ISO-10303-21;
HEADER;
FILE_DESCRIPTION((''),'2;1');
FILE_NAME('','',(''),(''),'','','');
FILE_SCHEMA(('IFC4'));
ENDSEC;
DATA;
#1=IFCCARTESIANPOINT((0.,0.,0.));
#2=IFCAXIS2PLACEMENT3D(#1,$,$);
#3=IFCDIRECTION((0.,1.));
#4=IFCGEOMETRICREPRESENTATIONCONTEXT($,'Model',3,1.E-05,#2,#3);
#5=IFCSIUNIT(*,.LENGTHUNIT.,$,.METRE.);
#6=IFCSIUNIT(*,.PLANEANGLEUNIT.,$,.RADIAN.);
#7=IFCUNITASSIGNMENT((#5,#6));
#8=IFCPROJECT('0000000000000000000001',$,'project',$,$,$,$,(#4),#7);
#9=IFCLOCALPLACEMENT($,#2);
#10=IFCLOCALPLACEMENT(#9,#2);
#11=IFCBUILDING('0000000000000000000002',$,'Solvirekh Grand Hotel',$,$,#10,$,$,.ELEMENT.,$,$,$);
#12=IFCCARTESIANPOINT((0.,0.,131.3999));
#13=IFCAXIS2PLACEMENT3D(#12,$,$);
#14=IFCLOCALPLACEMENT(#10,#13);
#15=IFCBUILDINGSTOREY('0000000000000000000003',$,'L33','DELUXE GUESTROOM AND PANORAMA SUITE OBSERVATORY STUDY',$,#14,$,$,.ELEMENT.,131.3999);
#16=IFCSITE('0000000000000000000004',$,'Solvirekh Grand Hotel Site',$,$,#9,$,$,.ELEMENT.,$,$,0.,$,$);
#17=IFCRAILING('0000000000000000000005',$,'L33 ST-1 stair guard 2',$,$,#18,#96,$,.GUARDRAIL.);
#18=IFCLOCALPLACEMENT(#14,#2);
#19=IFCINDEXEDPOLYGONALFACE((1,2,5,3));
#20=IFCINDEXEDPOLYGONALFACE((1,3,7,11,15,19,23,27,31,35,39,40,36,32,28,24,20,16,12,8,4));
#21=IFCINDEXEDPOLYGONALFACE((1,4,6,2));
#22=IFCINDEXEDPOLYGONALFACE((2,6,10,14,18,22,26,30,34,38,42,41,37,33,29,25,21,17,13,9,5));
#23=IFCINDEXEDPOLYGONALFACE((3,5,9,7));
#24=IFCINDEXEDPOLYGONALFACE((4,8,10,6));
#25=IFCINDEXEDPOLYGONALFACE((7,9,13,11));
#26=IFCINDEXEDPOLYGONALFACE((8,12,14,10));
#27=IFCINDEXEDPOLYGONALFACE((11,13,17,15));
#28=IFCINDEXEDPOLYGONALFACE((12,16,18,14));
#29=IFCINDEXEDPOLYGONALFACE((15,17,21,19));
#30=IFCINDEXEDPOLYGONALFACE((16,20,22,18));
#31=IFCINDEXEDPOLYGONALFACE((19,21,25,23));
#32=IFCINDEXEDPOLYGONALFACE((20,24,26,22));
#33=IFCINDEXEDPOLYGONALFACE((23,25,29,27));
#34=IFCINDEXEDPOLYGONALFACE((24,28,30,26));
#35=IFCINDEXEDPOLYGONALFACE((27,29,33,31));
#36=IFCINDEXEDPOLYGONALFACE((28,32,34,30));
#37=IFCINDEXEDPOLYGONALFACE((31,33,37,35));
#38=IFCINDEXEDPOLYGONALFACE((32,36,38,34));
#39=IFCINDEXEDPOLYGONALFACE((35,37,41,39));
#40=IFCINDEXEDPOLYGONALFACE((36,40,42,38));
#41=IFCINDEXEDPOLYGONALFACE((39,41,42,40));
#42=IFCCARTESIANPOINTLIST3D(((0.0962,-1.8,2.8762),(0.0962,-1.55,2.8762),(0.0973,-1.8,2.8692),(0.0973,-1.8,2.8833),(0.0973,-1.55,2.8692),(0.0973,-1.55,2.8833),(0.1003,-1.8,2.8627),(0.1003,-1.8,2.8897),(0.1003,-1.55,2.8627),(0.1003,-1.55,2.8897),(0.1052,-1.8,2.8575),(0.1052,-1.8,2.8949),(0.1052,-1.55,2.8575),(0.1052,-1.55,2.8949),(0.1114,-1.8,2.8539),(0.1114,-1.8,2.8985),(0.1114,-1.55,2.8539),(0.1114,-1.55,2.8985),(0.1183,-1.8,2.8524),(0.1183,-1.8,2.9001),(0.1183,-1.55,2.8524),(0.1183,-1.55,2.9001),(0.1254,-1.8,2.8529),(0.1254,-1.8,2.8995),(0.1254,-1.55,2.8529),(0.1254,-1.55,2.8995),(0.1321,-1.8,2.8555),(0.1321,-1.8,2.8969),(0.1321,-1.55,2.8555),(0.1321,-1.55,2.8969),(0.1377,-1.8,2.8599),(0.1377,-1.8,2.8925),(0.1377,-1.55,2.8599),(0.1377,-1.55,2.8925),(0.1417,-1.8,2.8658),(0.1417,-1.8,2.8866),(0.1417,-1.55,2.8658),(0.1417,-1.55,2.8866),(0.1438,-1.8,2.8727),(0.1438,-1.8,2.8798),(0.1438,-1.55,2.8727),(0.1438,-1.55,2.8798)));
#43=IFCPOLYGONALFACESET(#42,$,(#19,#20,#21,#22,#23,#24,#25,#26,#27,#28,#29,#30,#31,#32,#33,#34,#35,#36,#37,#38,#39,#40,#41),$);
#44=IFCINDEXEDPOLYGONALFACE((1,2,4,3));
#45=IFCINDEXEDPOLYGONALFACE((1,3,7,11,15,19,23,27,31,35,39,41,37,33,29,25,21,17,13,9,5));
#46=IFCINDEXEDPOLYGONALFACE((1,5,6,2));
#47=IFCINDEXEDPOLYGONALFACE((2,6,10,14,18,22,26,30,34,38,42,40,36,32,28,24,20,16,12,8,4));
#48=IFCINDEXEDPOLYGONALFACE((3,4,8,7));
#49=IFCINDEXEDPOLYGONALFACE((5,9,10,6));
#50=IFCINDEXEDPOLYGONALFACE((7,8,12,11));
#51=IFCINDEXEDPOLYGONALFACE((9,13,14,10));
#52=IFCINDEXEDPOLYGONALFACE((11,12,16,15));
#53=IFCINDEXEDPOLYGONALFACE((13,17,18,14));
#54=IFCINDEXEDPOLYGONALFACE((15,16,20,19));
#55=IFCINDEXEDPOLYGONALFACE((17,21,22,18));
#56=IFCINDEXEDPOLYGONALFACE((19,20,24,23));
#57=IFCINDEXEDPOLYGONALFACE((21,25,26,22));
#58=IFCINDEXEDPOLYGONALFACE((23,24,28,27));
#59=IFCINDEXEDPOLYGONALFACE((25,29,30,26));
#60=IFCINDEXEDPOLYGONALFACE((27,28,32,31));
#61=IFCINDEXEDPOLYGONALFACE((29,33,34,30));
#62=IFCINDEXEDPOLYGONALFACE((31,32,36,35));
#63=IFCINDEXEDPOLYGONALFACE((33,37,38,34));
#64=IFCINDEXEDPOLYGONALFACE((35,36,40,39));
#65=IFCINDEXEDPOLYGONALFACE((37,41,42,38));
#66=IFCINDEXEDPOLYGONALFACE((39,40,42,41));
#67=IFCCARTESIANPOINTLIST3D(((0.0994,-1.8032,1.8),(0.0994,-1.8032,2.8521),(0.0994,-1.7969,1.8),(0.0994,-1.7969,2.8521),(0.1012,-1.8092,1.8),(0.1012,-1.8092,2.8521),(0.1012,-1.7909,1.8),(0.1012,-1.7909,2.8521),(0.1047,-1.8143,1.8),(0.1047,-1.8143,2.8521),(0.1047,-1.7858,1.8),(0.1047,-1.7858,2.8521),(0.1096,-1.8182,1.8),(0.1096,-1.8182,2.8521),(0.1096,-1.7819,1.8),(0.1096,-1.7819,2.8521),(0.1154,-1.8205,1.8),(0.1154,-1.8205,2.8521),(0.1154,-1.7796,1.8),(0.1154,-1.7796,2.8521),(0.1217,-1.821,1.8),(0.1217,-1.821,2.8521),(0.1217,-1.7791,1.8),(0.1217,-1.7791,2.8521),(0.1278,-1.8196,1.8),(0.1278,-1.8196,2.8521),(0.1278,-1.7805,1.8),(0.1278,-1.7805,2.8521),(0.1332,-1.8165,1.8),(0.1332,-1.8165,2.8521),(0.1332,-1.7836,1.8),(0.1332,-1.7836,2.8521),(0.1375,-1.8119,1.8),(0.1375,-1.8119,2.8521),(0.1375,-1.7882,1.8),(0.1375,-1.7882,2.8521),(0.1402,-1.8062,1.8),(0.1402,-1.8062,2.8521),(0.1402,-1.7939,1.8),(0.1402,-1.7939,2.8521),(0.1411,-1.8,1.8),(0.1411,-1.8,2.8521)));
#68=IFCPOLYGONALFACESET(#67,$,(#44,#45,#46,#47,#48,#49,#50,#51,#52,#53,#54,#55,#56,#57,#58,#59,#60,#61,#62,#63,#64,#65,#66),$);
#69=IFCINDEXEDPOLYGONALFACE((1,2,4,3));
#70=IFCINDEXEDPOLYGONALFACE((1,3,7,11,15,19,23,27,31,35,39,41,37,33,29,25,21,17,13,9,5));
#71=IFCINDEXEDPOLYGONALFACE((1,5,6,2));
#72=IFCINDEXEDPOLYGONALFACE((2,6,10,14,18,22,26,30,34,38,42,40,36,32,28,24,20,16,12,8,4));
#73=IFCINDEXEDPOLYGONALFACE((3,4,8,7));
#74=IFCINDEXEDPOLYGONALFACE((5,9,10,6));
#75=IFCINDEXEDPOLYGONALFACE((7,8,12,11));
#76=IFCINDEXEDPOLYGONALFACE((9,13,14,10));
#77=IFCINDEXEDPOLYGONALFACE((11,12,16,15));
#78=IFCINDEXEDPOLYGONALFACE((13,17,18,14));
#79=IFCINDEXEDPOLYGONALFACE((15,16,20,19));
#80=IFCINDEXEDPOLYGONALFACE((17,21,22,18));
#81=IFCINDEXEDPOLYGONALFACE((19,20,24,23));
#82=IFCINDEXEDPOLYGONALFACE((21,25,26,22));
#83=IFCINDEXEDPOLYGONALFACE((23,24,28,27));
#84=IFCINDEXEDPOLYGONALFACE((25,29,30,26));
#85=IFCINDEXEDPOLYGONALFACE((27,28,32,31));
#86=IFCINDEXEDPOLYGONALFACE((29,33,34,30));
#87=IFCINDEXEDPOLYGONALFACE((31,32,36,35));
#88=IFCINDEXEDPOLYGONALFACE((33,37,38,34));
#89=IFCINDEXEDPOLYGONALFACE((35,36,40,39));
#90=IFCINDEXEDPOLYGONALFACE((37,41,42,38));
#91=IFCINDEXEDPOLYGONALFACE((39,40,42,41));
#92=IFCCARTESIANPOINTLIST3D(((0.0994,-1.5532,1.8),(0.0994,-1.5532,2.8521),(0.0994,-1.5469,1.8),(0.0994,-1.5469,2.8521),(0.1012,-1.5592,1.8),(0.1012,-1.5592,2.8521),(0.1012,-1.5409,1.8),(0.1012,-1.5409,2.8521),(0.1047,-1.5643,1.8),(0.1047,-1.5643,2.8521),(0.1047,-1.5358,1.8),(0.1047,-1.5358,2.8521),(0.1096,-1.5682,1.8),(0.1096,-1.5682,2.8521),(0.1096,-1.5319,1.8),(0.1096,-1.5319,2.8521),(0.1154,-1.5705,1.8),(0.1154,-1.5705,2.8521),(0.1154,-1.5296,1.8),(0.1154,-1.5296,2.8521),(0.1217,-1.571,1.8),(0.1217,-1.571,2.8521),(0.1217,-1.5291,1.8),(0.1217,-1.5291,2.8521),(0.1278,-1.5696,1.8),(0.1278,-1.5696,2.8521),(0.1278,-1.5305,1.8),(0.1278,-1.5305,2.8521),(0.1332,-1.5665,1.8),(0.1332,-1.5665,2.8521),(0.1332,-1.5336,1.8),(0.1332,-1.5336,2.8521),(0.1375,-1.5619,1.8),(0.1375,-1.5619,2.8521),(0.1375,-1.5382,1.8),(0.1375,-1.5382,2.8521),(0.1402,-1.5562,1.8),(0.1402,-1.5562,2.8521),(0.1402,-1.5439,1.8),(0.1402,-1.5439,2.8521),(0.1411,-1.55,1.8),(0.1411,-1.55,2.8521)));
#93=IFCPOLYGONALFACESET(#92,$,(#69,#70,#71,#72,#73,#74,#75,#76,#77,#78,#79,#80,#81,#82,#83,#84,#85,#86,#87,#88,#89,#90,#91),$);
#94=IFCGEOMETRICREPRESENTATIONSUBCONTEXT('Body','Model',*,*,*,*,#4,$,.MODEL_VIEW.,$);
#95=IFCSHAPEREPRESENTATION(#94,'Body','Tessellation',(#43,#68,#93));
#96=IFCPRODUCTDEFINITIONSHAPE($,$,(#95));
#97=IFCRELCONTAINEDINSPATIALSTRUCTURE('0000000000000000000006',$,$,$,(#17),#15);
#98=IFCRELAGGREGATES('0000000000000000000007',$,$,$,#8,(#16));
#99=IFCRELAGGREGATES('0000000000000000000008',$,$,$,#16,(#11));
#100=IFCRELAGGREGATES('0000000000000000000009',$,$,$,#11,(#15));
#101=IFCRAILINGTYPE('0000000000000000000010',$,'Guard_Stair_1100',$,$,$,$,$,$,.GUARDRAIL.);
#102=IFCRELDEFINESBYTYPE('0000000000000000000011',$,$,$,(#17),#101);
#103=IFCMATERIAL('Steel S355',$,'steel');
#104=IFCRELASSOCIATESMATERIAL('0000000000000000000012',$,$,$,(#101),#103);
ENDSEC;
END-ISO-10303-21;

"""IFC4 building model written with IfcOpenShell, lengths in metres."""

from ifc_helpers import new_model, si_unit, direction, frame, origin, origin_2d, place, context, subcontext, project, spatial, circle, extrude, material, type_object, element, save


model = new_model("IFC4")

# Units and contexts
model_context = context("Model", 3, precision=1e-05, world=origin(), true_north=direction((0.0, 1.0)))
body_context = subcontext(model_context, "Body", "Model", "MODEL_VIEW")
ifc_project = project(units=[si_unit("LENGTHUNIT", "METRE"), si_unit("PLANEANGLEUNIT", "RADIAN")], contexts=[model_context])

# Site, building, storey
site_placement = place(None, origin())
site = spatial("IfcSite", under=ifc_project, at=site_placement, Name="Solvirekh Grand Hotel Site", CompositionType="ELEMENT", RefElevation=0.0)
building_placement = place(site_placement, origin())
building = spatial("IfcBuilding", under=site, at=building_placement, Name="Solvirekh Grand Hotel", CompositionType="ELEMENT")
storey_placement = place(building_placement, frame((0.0, 0.0, 131.3999)))
storey = spatial("IfcBuildingStorey", under=building, at=storey_placement, Name="L33", Description="DELUXE GUESTROOM AND PANORAMA SUITE OBSERVATORY STUDY", CompositionType="ELEMENT", Elevation=131.3999)

# Shared definitions
ifc_material_1 = material(Name="Steel S355", Category="steel")

# Railing
railing_type = type_object("IfcRailingType", Name="Guard_Stair_1100", PredefinedType="GUARDRAIL", material=ifc_material_1)
railing_1_placement = place(storey_placement, frame((0.1201, -1.8, 1.8)))
element("IfcRailing", 1, at=railing_1_placement, inside=storey, type_object=railing_type, Name="L33 ST-1 stair guard 2", PredefinedType="GUARDRAIL", context=body_context, shape_type="SweptSolid", body=[
    extrude(circle(Radius=0.0239, at=origin_2d()), frame((0.0, 0.0, 1.0762), z_axis=(0.0, 1.0, 0.0), x_axis=(-1.0, 0.0, 0.0)), (0.0, 0.0, 1.0), 0.25),
    extrude(circle(Radius=0.021, at=origin_2d()), origin(), (0.0, 0.0, 1.0), 1.052),
    extrude(circle(Radius=0.021, at=origin_2d()), frame((0.0, 0.25, 0.0)), (0.0, 0.0, 1.0), 1.052),
])

save(model, "model.ifc")
